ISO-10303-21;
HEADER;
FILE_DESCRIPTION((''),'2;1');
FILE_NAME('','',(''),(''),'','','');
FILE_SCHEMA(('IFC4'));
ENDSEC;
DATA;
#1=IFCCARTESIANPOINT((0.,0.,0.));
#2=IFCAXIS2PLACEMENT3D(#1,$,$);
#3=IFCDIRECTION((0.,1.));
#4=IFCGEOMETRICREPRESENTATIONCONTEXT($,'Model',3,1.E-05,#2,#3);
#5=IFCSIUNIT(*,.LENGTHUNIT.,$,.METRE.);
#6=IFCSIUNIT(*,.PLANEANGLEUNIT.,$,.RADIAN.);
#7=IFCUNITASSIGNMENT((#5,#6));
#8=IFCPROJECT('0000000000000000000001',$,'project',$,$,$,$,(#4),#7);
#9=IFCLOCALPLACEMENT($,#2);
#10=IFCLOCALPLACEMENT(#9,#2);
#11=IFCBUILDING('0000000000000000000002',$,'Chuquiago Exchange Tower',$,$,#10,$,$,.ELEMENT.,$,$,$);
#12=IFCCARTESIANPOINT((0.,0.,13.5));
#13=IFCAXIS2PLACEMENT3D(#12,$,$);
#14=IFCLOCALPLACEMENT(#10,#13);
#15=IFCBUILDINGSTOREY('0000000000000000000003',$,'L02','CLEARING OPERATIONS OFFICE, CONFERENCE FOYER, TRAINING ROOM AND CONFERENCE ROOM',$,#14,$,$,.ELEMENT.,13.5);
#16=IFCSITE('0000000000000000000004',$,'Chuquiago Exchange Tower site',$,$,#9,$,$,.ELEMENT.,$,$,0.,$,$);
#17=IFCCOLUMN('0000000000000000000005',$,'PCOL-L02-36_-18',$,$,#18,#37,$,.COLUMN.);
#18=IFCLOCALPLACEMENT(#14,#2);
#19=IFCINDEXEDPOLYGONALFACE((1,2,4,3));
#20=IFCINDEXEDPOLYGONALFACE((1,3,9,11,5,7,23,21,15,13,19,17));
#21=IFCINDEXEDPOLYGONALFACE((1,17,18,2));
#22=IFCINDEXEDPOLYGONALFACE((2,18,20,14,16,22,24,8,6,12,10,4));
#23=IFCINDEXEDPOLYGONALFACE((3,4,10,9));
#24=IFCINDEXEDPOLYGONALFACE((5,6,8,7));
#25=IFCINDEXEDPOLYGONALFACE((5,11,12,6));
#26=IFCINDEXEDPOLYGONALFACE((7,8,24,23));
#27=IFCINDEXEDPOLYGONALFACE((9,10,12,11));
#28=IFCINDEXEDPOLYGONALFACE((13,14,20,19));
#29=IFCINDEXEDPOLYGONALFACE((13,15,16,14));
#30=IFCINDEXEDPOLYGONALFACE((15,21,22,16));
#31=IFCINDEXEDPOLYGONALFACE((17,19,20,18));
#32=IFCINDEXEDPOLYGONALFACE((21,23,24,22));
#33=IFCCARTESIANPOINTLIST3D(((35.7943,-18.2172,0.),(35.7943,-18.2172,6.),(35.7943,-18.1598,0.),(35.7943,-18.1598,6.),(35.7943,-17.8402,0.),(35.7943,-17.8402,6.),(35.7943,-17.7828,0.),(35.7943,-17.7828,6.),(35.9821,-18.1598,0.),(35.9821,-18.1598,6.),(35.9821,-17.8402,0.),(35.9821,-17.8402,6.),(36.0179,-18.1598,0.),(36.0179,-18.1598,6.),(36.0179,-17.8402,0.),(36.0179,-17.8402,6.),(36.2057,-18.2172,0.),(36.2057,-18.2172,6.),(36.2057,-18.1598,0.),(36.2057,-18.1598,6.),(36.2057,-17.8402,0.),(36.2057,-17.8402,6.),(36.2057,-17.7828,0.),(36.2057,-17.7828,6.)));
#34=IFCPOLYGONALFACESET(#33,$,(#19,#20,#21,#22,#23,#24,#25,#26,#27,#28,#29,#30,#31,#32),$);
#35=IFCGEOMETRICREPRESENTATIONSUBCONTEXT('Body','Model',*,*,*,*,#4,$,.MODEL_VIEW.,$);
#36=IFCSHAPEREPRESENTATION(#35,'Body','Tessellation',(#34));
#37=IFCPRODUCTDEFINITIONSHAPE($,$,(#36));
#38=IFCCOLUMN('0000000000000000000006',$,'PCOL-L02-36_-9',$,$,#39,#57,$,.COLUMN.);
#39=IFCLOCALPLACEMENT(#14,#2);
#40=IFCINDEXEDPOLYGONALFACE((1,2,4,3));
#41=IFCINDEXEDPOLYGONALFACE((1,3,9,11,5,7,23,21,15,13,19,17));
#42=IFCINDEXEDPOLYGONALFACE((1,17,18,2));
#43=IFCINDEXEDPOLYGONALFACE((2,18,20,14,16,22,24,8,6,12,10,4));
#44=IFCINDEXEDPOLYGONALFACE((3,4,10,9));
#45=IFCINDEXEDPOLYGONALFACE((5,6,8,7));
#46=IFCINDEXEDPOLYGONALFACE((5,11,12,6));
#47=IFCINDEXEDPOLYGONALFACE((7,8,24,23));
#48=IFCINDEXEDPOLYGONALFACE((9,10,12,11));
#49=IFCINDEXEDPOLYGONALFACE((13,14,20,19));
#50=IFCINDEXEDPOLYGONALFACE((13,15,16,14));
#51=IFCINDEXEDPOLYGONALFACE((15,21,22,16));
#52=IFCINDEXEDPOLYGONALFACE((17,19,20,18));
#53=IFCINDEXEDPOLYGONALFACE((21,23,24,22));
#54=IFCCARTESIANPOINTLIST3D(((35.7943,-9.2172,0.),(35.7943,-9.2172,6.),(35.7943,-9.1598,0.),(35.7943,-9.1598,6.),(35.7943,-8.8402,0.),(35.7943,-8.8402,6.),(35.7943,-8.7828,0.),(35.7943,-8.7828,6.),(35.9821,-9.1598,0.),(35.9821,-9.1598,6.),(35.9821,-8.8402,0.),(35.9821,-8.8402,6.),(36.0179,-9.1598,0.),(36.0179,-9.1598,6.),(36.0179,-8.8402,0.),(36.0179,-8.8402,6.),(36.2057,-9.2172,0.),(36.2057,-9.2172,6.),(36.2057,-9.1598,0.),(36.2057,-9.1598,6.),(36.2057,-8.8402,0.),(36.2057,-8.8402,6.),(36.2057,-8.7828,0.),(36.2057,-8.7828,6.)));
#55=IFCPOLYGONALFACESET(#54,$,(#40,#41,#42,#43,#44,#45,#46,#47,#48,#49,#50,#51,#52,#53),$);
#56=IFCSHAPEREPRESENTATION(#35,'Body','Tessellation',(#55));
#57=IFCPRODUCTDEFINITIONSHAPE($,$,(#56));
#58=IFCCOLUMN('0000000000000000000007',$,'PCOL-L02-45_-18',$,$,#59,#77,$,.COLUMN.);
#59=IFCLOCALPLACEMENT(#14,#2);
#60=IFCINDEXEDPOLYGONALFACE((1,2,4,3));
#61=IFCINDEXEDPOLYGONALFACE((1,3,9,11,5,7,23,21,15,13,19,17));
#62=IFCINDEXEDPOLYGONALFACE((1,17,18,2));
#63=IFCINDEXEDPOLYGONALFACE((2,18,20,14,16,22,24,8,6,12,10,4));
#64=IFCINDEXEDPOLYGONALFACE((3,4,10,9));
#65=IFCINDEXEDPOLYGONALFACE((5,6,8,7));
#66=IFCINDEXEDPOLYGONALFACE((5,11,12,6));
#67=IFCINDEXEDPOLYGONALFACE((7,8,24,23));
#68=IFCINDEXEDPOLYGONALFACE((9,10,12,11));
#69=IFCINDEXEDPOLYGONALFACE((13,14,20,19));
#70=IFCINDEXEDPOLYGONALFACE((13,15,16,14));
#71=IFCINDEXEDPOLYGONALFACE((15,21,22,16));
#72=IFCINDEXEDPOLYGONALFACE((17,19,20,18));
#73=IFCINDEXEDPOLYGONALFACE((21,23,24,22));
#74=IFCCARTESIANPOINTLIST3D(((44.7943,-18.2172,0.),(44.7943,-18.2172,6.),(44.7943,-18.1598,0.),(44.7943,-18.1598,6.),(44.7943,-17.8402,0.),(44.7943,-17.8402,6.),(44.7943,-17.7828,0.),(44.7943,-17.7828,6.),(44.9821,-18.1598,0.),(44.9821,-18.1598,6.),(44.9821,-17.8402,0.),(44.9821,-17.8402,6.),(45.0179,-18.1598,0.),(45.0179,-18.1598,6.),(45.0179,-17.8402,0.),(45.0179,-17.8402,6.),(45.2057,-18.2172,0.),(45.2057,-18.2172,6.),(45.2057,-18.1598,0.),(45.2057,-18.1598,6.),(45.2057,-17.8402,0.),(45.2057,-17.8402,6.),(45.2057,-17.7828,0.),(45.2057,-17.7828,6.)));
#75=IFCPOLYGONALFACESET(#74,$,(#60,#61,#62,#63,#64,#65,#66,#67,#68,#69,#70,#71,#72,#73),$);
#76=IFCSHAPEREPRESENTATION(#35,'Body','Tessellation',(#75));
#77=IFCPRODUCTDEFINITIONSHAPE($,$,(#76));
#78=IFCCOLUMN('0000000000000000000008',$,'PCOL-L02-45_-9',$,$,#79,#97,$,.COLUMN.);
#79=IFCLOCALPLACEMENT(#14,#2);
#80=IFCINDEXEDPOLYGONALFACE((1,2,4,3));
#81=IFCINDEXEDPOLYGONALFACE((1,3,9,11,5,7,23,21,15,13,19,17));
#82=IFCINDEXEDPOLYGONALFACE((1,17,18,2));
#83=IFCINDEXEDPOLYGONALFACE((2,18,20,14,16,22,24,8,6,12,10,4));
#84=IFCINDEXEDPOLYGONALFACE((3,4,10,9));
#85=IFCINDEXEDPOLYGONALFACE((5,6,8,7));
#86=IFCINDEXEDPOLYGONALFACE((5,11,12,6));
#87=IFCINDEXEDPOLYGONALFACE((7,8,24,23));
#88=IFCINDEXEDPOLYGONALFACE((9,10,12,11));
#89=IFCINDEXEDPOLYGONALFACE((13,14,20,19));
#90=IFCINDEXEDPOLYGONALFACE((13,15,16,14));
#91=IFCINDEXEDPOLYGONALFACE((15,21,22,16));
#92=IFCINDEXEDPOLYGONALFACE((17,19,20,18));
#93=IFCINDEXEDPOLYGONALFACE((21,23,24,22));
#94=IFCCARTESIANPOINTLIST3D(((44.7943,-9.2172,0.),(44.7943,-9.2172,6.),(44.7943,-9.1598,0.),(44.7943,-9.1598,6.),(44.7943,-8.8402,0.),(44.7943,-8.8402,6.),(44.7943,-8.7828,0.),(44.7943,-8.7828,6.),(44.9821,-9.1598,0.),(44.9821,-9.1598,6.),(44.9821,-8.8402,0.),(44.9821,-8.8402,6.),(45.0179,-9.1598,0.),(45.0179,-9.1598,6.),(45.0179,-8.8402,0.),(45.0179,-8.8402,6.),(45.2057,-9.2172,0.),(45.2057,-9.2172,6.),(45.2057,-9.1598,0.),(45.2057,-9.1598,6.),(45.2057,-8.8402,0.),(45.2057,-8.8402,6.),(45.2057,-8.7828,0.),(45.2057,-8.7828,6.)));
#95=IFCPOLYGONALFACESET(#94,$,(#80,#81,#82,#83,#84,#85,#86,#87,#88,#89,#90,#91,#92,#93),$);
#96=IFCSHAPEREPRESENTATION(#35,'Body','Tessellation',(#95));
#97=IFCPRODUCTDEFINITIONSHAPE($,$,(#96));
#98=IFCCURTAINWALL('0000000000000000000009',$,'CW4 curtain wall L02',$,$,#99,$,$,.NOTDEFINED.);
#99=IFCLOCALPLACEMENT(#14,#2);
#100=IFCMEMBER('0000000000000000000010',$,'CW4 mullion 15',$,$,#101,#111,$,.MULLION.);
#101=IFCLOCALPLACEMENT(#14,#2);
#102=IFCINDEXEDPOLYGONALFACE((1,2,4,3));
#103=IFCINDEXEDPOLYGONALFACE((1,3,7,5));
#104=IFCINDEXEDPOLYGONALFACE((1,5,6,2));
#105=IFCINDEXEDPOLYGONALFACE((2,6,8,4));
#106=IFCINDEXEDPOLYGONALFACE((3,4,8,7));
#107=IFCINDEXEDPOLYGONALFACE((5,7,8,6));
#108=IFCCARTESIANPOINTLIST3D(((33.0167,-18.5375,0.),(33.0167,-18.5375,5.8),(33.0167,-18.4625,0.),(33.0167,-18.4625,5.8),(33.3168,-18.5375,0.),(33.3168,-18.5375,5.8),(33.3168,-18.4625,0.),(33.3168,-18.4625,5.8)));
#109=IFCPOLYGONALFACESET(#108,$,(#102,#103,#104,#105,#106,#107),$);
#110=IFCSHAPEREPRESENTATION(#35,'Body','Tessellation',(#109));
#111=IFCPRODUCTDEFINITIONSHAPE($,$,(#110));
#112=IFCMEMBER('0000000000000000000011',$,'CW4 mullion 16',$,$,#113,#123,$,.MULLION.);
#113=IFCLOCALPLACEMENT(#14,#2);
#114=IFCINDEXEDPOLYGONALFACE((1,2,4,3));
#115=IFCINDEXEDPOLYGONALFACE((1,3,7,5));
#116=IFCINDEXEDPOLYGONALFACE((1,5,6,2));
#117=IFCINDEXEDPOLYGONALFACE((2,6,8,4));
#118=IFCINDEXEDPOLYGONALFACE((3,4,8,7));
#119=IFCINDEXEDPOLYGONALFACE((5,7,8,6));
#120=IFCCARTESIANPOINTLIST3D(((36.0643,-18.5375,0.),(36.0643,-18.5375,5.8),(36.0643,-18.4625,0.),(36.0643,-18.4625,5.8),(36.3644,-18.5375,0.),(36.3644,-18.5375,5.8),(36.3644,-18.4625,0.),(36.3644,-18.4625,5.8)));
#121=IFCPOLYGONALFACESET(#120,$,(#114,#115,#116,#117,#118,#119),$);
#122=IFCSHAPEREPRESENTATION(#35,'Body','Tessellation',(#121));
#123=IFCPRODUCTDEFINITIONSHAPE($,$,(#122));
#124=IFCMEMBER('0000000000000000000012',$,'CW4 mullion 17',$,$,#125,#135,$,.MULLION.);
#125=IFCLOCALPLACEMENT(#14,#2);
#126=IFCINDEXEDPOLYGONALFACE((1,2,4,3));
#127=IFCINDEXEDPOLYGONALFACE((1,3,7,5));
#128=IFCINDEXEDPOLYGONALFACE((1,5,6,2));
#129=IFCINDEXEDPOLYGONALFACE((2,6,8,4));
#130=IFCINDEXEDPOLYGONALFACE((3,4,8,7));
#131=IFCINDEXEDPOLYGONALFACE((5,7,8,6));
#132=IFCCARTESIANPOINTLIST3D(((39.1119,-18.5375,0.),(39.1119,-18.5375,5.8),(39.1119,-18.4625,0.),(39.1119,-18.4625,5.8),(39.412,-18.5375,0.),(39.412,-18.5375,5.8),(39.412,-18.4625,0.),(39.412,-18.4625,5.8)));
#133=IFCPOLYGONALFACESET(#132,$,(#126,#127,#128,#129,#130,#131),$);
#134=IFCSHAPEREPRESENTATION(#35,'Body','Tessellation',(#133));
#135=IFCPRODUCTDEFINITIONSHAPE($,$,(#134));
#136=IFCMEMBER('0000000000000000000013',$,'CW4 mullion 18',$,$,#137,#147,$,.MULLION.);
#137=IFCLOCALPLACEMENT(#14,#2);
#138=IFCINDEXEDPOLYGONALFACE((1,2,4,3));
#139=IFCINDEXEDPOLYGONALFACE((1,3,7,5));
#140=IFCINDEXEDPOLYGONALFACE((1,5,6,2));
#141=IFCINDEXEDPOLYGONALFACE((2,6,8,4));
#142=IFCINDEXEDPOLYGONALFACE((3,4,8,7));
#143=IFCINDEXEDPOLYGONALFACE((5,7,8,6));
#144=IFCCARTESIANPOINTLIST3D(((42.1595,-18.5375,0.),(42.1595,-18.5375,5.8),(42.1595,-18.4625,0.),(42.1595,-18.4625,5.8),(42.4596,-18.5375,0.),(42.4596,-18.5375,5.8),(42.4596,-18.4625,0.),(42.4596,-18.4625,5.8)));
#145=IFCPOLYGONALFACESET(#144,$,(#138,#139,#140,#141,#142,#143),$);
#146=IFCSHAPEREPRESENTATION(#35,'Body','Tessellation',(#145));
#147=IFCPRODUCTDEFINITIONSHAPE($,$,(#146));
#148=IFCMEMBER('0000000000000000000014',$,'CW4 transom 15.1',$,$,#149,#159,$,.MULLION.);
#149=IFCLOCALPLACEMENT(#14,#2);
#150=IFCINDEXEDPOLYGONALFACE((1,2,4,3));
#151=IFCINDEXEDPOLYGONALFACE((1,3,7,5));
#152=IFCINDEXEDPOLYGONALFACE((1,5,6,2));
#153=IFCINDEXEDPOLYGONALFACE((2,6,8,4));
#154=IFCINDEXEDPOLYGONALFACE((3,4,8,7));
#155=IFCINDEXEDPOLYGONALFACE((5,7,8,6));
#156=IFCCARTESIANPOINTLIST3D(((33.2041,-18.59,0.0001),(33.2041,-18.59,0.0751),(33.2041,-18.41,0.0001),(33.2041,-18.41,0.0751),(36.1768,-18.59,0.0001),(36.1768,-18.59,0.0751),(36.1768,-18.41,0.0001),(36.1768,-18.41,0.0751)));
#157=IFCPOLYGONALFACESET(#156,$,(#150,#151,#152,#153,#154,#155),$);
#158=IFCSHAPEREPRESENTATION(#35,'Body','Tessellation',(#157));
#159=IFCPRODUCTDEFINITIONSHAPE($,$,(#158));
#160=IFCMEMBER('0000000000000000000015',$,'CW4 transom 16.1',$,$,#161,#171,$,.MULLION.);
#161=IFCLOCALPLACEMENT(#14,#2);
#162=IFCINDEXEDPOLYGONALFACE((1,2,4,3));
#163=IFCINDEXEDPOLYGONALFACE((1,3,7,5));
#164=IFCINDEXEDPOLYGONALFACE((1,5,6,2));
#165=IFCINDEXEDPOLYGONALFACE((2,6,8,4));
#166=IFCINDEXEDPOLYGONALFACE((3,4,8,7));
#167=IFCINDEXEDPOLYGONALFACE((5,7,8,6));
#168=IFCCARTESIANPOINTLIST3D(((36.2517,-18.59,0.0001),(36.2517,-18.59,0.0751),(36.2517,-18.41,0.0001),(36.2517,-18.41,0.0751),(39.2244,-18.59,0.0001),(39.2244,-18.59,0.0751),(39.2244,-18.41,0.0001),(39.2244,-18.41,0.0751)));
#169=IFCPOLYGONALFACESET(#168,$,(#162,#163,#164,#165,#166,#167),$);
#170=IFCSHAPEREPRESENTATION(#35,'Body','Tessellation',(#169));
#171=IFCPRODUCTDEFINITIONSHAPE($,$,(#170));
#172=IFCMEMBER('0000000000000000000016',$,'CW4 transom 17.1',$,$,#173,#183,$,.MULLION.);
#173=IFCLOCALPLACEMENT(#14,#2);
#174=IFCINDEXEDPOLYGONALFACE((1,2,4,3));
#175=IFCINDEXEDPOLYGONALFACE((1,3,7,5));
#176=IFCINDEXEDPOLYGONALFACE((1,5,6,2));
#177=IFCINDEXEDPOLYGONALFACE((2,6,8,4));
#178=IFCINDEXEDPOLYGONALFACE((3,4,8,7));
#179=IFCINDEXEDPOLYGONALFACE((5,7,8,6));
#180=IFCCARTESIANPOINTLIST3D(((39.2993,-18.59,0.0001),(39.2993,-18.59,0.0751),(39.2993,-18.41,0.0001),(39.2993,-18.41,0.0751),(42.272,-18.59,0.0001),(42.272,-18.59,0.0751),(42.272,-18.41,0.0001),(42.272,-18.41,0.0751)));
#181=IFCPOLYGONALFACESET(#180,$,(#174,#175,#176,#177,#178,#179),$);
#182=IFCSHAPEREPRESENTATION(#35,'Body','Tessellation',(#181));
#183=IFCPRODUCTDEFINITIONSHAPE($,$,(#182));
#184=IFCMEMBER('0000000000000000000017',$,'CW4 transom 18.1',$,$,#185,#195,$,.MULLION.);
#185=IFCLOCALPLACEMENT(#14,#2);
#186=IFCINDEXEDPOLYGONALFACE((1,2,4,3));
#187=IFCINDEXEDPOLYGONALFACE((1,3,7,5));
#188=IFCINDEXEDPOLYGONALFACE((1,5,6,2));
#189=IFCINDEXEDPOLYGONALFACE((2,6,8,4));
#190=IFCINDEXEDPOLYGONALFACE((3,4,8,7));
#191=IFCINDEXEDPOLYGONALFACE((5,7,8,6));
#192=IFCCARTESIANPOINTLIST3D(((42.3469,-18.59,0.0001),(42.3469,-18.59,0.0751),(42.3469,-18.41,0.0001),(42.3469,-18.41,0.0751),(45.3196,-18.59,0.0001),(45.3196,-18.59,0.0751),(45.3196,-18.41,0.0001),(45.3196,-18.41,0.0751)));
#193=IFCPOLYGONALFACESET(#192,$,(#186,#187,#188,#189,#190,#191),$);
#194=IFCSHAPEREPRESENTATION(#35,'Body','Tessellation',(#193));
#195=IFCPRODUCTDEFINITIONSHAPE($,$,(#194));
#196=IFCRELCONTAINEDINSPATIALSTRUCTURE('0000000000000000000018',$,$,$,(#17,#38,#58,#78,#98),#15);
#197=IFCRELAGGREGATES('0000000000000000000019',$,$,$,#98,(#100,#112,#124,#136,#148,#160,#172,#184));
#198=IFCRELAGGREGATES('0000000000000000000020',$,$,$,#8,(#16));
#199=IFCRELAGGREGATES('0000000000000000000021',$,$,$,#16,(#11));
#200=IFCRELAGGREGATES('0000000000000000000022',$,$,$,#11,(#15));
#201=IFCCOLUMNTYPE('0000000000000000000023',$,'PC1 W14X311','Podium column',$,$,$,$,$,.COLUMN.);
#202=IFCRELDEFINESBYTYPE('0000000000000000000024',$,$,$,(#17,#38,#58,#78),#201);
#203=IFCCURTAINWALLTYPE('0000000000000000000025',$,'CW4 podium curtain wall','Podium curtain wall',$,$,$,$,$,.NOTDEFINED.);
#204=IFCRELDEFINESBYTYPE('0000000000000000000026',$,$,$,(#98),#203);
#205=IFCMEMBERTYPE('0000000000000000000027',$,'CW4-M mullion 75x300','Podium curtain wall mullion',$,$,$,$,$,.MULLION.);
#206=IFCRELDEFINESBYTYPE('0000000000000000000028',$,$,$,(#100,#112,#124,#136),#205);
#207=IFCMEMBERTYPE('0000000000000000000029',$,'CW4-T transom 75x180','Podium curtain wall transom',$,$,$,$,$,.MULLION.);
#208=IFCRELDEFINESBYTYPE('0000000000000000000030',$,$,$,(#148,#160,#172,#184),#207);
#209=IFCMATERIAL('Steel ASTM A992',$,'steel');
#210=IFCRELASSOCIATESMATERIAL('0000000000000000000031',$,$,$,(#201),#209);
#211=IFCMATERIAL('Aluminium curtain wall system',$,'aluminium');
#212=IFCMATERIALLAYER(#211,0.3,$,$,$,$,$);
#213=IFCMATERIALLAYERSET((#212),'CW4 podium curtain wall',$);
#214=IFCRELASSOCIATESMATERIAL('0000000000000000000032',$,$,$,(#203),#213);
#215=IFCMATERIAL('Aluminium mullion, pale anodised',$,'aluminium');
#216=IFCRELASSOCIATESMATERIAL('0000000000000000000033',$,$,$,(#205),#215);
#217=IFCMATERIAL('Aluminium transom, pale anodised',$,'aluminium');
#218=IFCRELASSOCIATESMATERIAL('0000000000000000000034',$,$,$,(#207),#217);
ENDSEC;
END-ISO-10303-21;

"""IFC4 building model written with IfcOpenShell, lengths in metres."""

from ifc_helpers import new_model, si_unit, direction, frame, origin, origin_2d, place, context, subcontext, project, spatial, rectangle, i_section, extrude, material, layer, layer_set, material_profile, profile_set, type_object, element, aggregate, save


model = new_model("IFC4")

# Units and contexts
model_context = context("Model", 3, precision=1e-05, world=origin(), true_north=direction((0.0, 1.0)))
body_context = subcontext(model_context, "Body", "Model", "MODEL_VIEW")
ifc_project = project(units=[si_unit("LENGTHUNIT", "METRE"), si_unit("PLANEANGLEUNIT", "RADIAN")], contexts=[model_context])

# Site, building, storey
site_placement = place(None, origin())
site = spatial("IfcSite", under=ifc_project, at=site_placement, Name="Chuquiago Exchange Tower site", CompositionType="ELEMENT", RefElevation=0.0)
building_placement = place(site_placement, origin())
building = spatial("IfcBuilding", under=site, at=building_placement, Name="Chuquiago Exchange Tower", CompositionType="ELEMENT")
storey_placement = place(building_placement, frame((0.0, 0.0, 13.5)))
storey = spatial("IfcBuildingStorey", under=building, at=storey_placement, Name="L02", Description="CLEARING OPERATIONS OFFICE, CONFERENCE FOYER, TRAINING ROOM AND CONFERENCE ROOM", CompositionType="ELEMENT", Elevation=13.5)

# Columns
ifc_material_1 = material(Name="Steel ASTM A992", Category="steel")
ifc_material_profile_1 = material_profile(ifc_material_1, i_section(OverallWidth=0.4114, OverallDepth=0.4343, WebThickness=0.0359, FlangeThickness=0.0574, at=origin_2d()), Name="W14X311")
ifc_profile_set_1 = profile_set([ifc_material_profile_1], Name="Steel ASTM A992")
column_type = type_object("IfcColumnType", Name="PC1 W14X311", Description="Podium column", PredefinedType="COLUMN", material=ifc_profile_set_1)
for number, where, z_axis, x_axis, name in (
    (1, (36.0, -18.0, 0.0), (0.0, 0.0, 1.0), (1.0, 0.0, 0.0), "PCOL-L02-36_-18"),
    (2, (36.0, -9.0, 0.0), (0.0, 0.0, 1.0), (1.0, 0.0, 0.0), "PCOL-L02-36_-9"),
    (3, (45.0, -18.0, 0.0), (0.0, 0.0, 1.0), (1.0, 0.0, 0.0), "PCOL-L02-45_-18"),
    (4, (45.0, -9.0, 0.0), (0.0, 0.0, 1.0), (1.0, 0.0, 0.0), "PCOL-L02-45_-9"),
):
    element("IfcColumn", number, at=place(storey_placement, frame(where, z_axis=z_axis, x_axis=x_axis)), inside=storey, type_object=column_type, Name=name, PredefinedType="COLUMN", context=body_context, shape_type="SweptSolid", body=[
        extrude(i_section(OverallWidth=0.4114, OverallDepth=0.4343, WebThickness=0.0359, FlangeThickness=0.0574, at=origin_2d()), origin(), (0.0, 0.0, 1.0), 6.0),
    ])

# Curtain wall, members
ifc_material_2 = material(Name="Aluminium curtain wall system", Category="aluminium")
ifc_layer_1 = layer(ifc_material_2, 0.3)
ifc_layer_set_1 = layer_set([ifc_layer_1], Name="CW4 podium curtain wall")
curtain_wall_type = type_object("IfcCurtainWallType", Name="CW4 podium curtain wall", Description="Podium curtain wall", PredefinedType="NOTDEFINED", material=ifc_layer_set_1)
curtain_wall_placement = place(storey_placement, origin())
curtain_wall = element("IfcCurtainWall", 5, at=curtain_wall_placement, inside=storey, type_object=curtain_wall_type, Name="CW4 curtain wall L02", PredefinedType="NOTDEFINED")
ifc_material_3 = material(Name="Aluminium mullion, pale anodised", Category="aluminium")
ifc_material_profile_2 = material_profile(ifc_material_3, rectangle(XDim=0.075, YDim=0.3, at=origin_2d()), Name="AL 75x300")
ifc_profile_set_2 = profile_set([ifc_material_profile_2], Name="Aluminium mullion, pale anodised")
member_type_1 = type_object("IfcMemberType", Name="CW4-M mullion 75x300", Description="Podium curtain wall mullion", PredefinedType="MULLION", material=ifc_profile_set_2)
member_1_placement = place(storey_placement, frame((33.1667, -18.5, 0.0), z_axis=(0.0, 0.0, 1.0), x_axis=(0.0, 1.0, 0.0)))
member_1 = element("IfcMember", 6, at=member_1_placement, type_object=member_type_1, Name="CW4 mullion 15", PredefinedType="MULLION", context=body_context, shape_type="SweptSolid", body=[
    extrude(rectangle(XDim=0.075, YDim=0.3, at=origin_2d()), origin(), (0.0, 0.0, 1.0), 5.8),
])
member_2_placement = place(storey_placement, frame((36.2144, -18.5, 0.0), z_axis=(0.0, 0.0, 1.0), x_axis=(0.0, 1.0, 0.0)))
member_2 = element("IfcMember", 7, at=member_2_placement, type_object=member_type_1, Name="CW4 mullion 16", PredefinedType="MULLION", context=body_context, shape_type="SweptSolid", body=[
    extrude(rectangle(XDim=0.075, YDim=0.3, at=origin_2d()), origin(), (0.0, 0.0, 1.0), 5.8),
])
member_3_placement = place(storey_placement, frame((39.262, -18.5, 0.0), z_axis=(0.0, 0.0, 1.0), x_axis=(0.0, 1.0, 0.0)))
member_3 = element("IfcMember", 8, at=member_3_placement, type_object=member_type_1, Name="CW4 mullion 17", PredefinedType="MULLION", context=body_context, shape_type="SweptSolid", body=[
    extrude(rectangle(XDim=0.075, YDim=0.3, at=origin_2d()), origin(), (0.0, 0.0, 1.0), 5.8),
])
member_4_placement = place(storey_placement, frame((42.3096, -18.5, 0.0), z_axis=(0.0, 0.0, 1.0), x_axis=(0.0, 1.0, 0.0)))
member_4 = element("IfcMember", 9, at=member_4_placement, type_object=member_type_1, Name="CW4 mullion 18", PredefinedType="MULLION", context=body_context, shape_type="SweptSolid", body=[
    extrude(rectangle(XDim=0.075, YDim=0.3, at=origin_2d()), origin(), (0.0, 0.0, 1.0), 5.8),
])
ifc_material_4 = material(Name="Aluminium transom, pale anodised", Category="aluminium")
ifc_material_profile_3 = material_profile(ifc_material_4, rectangle(XDim=0.1799, YDim=0.075, at=origin_2d()), Name="AL 180x75")
ifc_profile_set_3 = profile_set([ifc_material_profile_3], Name="Aluminium transom, pale anodised")
member_type_2 = type_object("IfcMemberType", Name="CW4-T transom 75x180", Description="Podium curtain wall transom", PredefinedType="MULLION", material=ifc_profile_set_3)
member_5_placement = place(storey_placement, frame((33.2041, -18.5, 0.0376), z_axis=(1.0, 0.0, 0.0), x_axis=(0.0, 1.0, 0.0)))
member_5 = element("IfcMember", 10, at=member_5_placement, type_object=member_type_2, Name="CW4 transom 15.1", PredefinedType="MULLION", context=body_context, shape_type="SweptSolid", body=[
    extrude(rectangle(XDim=0.1799, YDim=0.075, at=origin_2d()), origin(), (0.0, 0.0, 1.0), 2.9727),
])
member_6_placement = place(storey_placement, frame((36.2517, -18.5, 0.0376), z_axis=(1.0, 0.0, 0.0), x_axis=(0.0, 1.0, 0.0)))
member_6 = element("IfcMember", 11, at=member_6_placement, type_object=member_type_2, Name="CW4 transom 16.1", PredefinedType="MULLION", context=body_context, shape_type="SweptSolid", body=[
    extrude(rectangle(XDim=0.1799, YDim=0.075, at=origin_2d()), origin(), (0.0, 0.0, 1.0), 2.9727),
])
member_7_placement = place(storey_placement, frame((39.2993, -18.5, 0.0376), z_axis=(1.0, 0.0, 0.0), x_axis=(0.0, 1.0, 0.0)))
member_7 = element("IfcMember", 12, at=member_7_placement, type_object=member_type_2, Name="CW4 transom 17.1", PredefinedType="MULLION", context=body_context, shape_type="SweptSolid", body=[
    extrude(rectangle(XDim=0.1799, YDim=0.075, at=origin_2d()), origin(), (0.0, 0.0, 1.0), 2.9727),
])
member_8_placement = place(storey_placement, frame((42.3469, -18.5, 0.0376), z_axis=(1.0, 0.0, 0.0), x_axis=(0.0, 1.0, 0.0)))
member_8 = element("IfcMember", 13, at=member_8_placement, type_object=member_type_2, Name="CW4 transom 18.1", PredefinedType="MULLION", context=body_context, shape_type="SweptSolid", body=[
    extrude(rectangle(XDim=0.1799, YDim=0.075, at=origin_2d()), origin(), (0.0, 0.0, 1.0), 2.9727),
])

aggregate(curtain_wall, [member_1, member_2, member_3, member_4, member_5, member_6, member_7, member_8])

save(model, "model.ifc")
